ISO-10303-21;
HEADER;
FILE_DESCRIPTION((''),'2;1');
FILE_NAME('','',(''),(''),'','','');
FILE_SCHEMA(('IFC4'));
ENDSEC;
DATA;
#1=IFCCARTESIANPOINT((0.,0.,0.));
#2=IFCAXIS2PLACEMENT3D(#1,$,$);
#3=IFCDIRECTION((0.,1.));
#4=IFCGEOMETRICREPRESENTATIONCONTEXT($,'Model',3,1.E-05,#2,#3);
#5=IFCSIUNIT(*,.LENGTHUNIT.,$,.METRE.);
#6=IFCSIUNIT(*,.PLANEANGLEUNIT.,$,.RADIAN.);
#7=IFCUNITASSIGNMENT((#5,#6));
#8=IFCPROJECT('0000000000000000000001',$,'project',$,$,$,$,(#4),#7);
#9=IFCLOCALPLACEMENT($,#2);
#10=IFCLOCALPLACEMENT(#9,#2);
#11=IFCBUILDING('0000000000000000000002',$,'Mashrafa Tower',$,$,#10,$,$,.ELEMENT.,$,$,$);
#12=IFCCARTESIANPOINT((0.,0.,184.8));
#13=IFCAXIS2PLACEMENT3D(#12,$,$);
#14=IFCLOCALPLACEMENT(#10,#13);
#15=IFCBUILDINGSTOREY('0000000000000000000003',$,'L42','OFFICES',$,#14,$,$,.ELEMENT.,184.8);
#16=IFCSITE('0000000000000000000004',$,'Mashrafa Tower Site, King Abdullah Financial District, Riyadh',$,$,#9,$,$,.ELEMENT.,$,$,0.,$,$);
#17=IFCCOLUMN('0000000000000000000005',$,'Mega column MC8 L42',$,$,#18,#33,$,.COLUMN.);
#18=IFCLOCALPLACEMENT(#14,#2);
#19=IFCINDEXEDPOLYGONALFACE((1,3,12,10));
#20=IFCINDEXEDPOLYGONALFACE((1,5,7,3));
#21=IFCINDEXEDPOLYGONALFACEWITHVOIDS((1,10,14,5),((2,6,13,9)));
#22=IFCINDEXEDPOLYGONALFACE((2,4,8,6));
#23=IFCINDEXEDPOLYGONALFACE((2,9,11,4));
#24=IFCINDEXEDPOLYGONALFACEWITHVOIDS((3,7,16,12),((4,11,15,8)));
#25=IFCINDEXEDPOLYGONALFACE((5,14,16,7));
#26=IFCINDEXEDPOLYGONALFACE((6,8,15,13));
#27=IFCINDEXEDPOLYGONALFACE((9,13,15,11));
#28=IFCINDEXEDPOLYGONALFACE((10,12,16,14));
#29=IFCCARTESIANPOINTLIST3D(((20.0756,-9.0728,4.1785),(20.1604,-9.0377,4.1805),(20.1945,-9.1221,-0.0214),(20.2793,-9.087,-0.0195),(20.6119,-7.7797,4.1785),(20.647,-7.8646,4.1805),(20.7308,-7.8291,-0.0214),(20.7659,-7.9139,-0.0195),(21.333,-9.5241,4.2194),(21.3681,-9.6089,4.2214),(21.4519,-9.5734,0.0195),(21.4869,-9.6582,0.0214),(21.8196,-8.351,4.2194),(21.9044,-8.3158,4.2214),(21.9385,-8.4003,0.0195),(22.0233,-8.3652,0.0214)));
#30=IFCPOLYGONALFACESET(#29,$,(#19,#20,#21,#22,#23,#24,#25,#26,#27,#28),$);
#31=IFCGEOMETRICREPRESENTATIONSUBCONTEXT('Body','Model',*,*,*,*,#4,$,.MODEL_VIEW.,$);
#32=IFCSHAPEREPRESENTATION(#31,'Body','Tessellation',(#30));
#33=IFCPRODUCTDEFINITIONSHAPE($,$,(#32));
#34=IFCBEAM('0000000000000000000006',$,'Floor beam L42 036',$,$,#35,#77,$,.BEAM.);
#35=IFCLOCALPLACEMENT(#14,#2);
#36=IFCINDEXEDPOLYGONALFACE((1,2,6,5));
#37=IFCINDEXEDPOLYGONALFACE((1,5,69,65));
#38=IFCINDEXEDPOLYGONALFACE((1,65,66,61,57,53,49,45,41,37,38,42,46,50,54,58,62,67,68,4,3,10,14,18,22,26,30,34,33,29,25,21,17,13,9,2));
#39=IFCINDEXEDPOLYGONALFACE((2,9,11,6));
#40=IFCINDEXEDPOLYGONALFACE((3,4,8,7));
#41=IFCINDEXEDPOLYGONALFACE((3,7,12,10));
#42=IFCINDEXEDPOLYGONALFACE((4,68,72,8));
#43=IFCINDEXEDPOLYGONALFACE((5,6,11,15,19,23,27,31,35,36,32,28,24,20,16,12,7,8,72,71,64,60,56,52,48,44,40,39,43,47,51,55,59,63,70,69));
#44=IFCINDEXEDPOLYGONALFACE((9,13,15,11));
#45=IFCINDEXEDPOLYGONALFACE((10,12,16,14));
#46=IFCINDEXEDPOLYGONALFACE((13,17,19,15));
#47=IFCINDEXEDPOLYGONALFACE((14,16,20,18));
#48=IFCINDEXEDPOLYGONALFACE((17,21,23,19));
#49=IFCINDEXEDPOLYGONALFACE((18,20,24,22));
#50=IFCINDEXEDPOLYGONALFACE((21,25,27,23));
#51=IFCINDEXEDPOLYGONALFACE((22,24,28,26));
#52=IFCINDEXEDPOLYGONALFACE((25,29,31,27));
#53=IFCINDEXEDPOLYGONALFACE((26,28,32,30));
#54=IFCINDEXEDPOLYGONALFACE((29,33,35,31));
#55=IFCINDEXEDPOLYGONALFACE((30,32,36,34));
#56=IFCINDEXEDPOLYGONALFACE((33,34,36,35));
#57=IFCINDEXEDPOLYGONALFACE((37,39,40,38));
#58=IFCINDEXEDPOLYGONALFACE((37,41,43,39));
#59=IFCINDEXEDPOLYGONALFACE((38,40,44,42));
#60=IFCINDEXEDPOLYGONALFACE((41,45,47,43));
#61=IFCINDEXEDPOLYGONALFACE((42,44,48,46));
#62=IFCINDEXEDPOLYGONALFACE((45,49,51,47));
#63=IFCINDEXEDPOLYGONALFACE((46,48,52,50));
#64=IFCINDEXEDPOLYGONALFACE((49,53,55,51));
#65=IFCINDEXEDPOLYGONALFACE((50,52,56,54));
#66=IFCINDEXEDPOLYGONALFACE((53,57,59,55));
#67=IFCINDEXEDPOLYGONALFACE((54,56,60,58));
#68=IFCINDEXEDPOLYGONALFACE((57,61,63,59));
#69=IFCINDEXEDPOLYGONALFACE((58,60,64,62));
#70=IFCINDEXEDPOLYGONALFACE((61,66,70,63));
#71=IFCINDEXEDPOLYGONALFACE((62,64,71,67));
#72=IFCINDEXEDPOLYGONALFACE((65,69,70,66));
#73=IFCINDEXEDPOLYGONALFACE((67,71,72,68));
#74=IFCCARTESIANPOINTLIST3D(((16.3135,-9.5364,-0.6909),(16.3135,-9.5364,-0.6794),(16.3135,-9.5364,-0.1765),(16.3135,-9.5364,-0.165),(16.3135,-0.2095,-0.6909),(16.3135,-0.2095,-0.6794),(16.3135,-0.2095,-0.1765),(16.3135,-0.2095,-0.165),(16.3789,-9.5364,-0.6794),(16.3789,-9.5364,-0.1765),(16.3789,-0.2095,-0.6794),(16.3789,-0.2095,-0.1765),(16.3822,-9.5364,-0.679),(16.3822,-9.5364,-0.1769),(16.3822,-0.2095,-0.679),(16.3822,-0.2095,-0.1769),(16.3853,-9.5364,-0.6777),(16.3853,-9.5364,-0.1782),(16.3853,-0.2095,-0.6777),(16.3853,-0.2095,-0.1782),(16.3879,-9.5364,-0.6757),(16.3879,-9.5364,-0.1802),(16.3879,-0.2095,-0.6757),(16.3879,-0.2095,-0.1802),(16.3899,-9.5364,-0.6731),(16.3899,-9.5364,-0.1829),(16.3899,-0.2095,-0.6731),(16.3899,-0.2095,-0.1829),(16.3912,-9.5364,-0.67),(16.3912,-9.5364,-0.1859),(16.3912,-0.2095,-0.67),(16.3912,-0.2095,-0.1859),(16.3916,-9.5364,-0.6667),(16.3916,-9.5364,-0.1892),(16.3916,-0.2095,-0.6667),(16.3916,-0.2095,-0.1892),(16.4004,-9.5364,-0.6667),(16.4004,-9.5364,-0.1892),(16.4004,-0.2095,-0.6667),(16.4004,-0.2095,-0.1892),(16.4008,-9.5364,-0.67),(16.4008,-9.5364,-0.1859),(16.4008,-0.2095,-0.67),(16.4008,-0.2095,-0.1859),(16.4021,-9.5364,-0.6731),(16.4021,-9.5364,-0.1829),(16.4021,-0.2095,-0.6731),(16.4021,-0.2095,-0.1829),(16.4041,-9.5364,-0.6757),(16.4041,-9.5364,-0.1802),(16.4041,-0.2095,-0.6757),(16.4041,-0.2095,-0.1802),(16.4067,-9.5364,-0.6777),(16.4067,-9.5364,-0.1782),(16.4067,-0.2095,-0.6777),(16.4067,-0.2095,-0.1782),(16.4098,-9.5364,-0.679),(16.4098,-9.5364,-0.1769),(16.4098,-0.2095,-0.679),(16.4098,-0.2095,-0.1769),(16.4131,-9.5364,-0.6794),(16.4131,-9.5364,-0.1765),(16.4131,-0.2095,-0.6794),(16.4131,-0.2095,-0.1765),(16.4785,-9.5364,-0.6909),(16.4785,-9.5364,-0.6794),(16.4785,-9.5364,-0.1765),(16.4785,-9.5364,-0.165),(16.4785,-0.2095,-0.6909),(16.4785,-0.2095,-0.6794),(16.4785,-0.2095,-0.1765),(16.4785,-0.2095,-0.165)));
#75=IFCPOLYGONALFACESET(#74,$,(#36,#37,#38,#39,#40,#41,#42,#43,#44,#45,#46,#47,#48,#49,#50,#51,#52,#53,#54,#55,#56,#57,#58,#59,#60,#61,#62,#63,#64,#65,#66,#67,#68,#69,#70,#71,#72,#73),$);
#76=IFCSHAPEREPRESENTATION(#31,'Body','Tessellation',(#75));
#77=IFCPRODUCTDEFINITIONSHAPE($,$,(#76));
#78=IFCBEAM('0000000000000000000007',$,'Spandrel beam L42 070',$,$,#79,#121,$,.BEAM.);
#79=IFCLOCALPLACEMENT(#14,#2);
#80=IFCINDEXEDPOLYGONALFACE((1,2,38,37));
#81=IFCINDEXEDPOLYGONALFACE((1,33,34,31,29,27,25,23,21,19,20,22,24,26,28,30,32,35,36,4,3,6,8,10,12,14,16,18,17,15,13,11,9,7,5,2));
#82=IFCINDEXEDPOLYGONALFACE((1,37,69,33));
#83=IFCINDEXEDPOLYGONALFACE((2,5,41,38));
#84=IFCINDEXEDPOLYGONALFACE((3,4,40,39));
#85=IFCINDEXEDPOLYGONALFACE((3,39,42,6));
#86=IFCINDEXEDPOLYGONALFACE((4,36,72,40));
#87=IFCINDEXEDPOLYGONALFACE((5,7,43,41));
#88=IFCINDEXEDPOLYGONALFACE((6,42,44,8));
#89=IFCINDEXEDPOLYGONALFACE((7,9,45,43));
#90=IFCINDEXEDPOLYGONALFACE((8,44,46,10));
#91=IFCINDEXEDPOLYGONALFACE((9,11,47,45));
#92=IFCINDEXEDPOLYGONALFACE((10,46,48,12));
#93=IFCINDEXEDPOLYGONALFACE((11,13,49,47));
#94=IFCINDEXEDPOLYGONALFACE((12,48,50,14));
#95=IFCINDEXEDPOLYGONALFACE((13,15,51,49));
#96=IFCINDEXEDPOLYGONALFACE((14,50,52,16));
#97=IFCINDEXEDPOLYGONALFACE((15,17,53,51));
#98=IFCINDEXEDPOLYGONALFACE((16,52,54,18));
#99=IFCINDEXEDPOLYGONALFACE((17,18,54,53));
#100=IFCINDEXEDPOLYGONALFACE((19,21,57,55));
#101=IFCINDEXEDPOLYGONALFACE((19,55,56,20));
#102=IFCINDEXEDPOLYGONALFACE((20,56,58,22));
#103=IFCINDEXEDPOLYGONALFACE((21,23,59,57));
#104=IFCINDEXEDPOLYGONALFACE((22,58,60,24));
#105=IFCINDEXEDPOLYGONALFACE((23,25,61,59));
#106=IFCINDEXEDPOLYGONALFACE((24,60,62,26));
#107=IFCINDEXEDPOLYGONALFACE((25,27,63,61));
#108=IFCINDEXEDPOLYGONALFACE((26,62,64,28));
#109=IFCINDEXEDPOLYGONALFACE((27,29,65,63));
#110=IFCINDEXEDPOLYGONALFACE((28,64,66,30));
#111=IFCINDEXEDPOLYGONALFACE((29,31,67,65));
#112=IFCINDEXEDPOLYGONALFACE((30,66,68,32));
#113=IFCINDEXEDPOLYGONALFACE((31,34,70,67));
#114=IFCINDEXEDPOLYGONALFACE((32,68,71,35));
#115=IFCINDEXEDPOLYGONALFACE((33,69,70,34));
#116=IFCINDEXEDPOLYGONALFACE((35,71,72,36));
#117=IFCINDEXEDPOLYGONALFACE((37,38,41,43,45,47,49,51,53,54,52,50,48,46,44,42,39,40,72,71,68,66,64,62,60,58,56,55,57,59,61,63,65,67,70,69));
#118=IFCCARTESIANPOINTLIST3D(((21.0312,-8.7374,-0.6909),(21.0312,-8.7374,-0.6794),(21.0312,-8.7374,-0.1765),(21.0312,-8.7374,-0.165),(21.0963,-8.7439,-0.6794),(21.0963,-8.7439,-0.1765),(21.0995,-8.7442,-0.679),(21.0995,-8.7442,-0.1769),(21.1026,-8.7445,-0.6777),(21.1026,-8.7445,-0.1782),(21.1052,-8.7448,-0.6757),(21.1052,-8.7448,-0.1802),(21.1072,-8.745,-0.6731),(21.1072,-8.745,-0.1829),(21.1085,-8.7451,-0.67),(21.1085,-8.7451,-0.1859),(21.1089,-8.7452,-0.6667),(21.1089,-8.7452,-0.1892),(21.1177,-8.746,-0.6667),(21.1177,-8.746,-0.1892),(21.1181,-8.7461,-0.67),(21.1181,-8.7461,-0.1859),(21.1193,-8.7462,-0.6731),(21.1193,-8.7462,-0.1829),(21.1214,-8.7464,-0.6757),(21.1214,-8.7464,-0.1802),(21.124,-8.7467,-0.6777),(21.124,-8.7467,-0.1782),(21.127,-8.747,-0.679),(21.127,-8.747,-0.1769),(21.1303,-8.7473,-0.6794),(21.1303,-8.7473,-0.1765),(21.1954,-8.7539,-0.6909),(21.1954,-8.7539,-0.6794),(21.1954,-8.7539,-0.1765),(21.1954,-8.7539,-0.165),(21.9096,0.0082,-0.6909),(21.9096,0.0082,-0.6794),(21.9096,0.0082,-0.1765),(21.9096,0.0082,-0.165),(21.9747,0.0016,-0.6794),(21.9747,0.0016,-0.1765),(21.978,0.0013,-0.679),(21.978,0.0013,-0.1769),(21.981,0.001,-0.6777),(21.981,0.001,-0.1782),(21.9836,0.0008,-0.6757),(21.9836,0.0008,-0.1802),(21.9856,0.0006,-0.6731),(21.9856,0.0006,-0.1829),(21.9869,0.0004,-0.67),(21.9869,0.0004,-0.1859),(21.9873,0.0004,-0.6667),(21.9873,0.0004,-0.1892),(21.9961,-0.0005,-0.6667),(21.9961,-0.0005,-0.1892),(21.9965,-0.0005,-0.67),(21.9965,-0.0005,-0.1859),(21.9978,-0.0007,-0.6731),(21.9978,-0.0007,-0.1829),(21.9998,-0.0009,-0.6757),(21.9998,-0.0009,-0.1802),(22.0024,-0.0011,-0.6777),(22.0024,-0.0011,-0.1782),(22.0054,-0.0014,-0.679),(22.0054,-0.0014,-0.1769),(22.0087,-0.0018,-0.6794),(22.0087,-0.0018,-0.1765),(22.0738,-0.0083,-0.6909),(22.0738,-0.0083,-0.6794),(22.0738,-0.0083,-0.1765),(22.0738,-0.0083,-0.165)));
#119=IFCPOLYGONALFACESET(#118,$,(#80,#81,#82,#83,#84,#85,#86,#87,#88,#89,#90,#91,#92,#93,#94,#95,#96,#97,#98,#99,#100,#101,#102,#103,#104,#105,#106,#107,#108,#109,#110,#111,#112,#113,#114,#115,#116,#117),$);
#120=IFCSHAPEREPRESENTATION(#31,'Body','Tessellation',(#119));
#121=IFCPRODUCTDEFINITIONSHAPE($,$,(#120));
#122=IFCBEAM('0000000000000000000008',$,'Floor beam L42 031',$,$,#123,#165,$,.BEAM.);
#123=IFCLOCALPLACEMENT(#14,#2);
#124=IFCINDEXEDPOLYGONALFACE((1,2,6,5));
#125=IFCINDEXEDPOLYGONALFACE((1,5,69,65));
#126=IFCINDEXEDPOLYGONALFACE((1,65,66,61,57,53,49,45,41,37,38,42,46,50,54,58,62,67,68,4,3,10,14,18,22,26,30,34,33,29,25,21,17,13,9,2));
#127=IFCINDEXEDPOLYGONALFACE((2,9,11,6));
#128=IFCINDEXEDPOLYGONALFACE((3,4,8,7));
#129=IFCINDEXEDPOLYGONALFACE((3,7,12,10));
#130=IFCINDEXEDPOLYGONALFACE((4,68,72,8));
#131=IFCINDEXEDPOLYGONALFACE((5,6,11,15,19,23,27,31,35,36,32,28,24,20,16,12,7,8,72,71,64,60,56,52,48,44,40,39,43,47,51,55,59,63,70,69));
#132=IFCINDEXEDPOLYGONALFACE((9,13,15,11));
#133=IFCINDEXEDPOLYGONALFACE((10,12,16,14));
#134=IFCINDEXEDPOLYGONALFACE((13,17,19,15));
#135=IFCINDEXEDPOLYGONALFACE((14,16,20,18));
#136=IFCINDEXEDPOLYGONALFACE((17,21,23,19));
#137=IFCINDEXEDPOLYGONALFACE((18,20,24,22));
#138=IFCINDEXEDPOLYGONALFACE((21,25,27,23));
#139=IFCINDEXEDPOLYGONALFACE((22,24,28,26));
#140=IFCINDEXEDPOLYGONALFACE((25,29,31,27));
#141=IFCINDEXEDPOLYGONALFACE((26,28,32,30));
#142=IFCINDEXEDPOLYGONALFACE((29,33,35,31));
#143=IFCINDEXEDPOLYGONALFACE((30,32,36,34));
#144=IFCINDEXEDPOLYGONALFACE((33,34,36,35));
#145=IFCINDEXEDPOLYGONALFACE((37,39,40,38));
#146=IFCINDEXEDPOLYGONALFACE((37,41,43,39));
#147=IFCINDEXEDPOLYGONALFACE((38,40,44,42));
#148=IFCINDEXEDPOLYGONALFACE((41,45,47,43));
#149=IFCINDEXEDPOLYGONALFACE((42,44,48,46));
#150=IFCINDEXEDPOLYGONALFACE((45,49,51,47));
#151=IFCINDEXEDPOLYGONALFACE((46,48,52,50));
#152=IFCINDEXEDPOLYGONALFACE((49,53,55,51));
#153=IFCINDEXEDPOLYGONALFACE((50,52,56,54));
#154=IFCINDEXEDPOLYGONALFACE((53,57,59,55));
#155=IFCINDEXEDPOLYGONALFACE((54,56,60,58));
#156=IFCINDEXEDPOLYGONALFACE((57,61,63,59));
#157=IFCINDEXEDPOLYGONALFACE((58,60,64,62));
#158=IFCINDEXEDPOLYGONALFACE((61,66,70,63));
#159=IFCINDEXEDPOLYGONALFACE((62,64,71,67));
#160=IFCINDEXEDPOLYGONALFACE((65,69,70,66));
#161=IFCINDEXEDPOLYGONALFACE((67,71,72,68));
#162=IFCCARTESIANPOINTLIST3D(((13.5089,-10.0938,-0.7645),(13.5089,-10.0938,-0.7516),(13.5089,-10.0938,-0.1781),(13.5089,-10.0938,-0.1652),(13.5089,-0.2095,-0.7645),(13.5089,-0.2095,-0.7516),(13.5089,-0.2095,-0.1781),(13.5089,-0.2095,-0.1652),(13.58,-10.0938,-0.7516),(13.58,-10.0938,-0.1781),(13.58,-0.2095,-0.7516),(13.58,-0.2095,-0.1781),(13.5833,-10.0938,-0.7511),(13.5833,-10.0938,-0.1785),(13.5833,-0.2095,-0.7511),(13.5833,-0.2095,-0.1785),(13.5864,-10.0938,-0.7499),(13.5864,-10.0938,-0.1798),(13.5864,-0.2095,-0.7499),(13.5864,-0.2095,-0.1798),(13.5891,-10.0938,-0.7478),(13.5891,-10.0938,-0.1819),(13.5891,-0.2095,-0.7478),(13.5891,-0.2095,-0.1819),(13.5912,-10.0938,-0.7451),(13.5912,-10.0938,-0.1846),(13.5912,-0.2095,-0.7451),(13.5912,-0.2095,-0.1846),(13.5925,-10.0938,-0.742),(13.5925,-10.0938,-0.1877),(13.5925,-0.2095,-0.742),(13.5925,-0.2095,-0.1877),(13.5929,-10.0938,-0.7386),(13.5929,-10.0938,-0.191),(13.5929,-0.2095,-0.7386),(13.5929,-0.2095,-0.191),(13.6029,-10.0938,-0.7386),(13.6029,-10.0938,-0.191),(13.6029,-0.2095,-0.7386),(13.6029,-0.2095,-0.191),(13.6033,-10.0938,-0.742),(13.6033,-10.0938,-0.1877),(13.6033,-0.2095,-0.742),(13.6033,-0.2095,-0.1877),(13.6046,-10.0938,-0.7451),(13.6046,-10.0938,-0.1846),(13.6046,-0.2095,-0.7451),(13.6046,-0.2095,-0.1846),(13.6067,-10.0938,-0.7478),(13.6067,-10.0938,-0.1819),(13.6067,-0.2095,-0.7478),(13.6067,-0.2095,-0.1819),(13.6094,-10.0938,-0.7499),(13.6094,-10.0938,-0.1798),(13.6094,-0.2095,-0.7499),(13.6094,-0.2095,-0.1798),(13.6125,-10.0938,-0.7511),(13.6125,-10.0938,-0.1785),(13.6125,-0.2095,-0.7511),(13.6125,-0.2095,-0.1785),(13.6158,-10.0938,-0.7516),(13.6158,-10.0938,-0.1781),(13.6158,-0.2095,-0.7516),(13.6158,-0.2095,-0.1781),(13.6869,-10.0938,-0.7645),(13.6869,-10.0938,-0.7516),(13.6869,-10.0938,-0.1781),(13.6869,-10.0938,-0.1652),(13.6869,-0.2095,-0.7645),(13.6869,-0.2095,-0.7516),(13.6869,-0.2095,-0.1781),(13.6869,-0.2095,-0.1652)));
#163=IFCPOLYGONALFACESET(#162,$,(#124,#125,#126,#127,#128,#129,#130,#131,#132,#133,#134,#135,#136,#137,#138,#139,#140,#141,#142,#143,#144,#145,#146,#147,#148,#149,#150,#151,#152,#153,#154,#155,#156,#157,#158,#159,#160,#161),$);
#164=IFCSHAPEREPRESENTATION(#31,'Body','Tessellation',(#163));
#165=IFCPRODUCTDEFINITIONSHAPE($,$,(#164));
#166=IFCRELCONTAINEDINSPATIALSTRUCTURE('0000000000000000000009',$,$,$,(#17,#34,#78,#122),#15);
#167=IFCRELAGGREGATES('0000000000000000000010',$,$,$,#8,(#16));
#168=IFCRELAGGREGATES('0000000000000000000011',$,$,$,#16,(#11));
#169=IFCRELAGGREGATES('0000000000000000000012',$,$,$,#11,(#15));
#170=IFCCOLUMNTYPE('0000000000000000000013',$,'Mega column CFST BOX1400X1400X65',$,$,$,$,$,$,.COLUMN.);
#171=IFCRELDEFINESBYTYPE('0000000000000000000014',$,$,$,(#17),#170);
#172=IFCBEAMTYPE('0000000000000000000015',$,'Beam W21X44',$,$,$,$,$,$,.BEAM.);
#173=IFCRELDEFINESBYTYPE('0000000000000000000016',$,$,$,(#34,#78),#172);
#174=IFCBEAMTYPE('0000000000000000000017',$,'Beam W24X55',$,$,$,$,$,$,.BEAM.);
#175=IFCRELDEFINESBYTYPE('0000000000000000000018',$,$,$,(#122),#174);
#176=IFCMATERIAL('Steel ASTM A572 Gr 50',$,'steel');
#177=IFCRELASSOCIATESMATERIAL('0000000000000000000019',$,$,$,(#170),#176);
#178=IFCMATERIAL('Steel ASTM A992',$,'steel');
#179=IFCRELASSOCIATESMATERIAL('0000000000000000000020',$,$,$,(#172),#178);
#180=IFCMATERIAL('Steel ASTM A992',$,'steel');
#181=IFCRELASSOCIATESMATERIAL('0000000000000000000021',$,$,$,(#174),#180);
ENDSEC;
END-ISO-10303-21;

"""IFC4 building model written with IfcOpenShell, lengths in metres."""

from ifc_helpers import new_model, si_unit, direction, frame, origin, origin_2d, place, context, subcontext, project, spatial, hollow_rectangle, i_section, extrude, material, material_profile, profile_set, type_object, element, save


model = new_model("IFC4")

# Units and contexts
model_context = context("Model", 3, precision=1e-05, world=origin(), true_north=direction((0.0, 1.0)))
body_context = subcontext(model_context, "Body", "Model", "MODEL_VIEW")
ifc_project = project(units=[si_unit("LENGTHUNIT", "METRE"), si_unit("PLANEANGLEUNIT", "RADIAN")], contexts=[model_context])

# Site, building, storey
site_placement = place(None, origin())
site = spatial("IfcSite", under=ifc_project, at=site_placement, Name="Mashrafa Tower Site, King Abdullah Financial District, Riyadh", CompositionType="ELEMENT", RefElevation=0.0)
building_placement = place(site_placement, origin())
building = spatial("IfcBuilding", under=site, at=building_placement, Name="Mashrafa Tower", CompositionType="ELEMENT")
storey_placement = place(building_placement, frame((0.0, 0.0, 184.8)))
storey = spatial("IfcBuildingStorey", under=building, at=storey_placement, Name="L42", Description="OFFICES", CompositionType="ELEMENT", Elevation=184.8)

# Column
ifc_material_1 = material(Name="Steel ASTM A572 Gr 50", Category="steel")
ifc_material_profile_1 = material_profile(ifc_material_1, hollow_rectangle(XDim=1.3999, YDim=1.3999, WallThickness=0.0649, at=origin_2d()), Name="BOX1400X1400X65")
ifc_profile_set_1 = profile_set([ifc_material_profile_1], Name="Steel ASTM A572 Gr 50")
column_type = type_object("IfcColumnType", Name="Mega column CFST BOX1400X1400X65", PredefinedType="COLUMN", material=ifc_profile_set_1)
column_placement = place(storey_placement, frame((21.1089, -8.7437, 0.0), z_axis=(-0.028296, 0.011737, 0.999531), x_axis=(-0.383133, -0.923693, 0.0)))
element("IfcColumn", 1, at=column_placement, inside=storey, type_object=column_type, Name="Mega column MC8 L42", PredefinedType="COLUMN", context=body_context, shape_type="SweptSolid", body=[
    extrude(hollow_rectangle(XDim=1.3999, YDim=1.3999, WallThickness=0.0649, at=origin_2d()), origin(), (0.0, 0.0, 1.0), 4.2019),
])

# Beams
ifc_material_2 = material(Name="Steel ASTM A992", Category="steel")
ifc_material_profile_2 = material_profile(ifc_material_2, i_section(OverallWidth=0.165, OverallDepth=0.5259, WebThickness=0.0088, FlangeThickness=0.0115, FilletRadius=0.0127, at=origin_2d()), Name="W21X44")
ifc_profile_set_2 = profile_set([ifc_material_profile_2], Name="Steel ASTM A992")
beam_type_1 = type_object("IfcBeamType", Name="Beam W21X44", PredefinedType="BEAM", material=ifc_profile_set_2)
beam_1_placement = place(storey_placement, frame((16.396, -0.2095, -0.428), z_axis=(0.0, -1.0, 0.0), x_axis=(1.0, 0.0, 0.0)))
element("IfcBeam", 2, at=beam_1_placement, inside=storey, type_object=beam_type_1, Name="Floor beam L42 036", PredefinedType="BEAM", context=body_context, shape_type="SweptSolid", body=[
    extrude(i_section(OverallWidth=0.165, OverallDepth=0.5259, WebThickness=0.0088, FlangeThickness=0.0115, FilletRadius=0.0127, at=origin_2d()), origin(), (0.0, 0.0, 1.0), 9.3269),
])
beam_2_placement = place(storey_placement, frame((21.1133, -8.7456, -0.428), z_axis=(0.099938, 0.994994, 0.0), x_axis=(-0.994994, 0.099938, 0.0)))
element("IfcBeam", 3, at=beam_2_placement, inside=storey, type_object=beam_type_1, Name="Spandrel beam L42 070", PredefinedType="BEAM", context=body_context, shape_type="SweptSolid", body=[
    extrude(i_section(OverallWidth=0.165, OverallDepth=0.5259, WebThickness=0.0088, FlangeThickness=0.0115, FilletRadius=0.0127, at=origin_2d()), origin(), (0.0, 0.0, 1.0), 8.7896),
])
ifc_material_3 = material(Name="Steel ASTM A992", Category="steel")
ifc_material_profile_3 = material_profile(ifc_material_3, i_section(OverallWidth=0.178, OverallDepth=0.5994, WebThickness=0.01, FlangeThickness=0.0129, FilletRadius=0.0129, at=origin_2d()), Name="W24X55")
ifc_profile_set_3 = profile_set([ifc_material_profile_3], Name="Steel ASTM A992")
beam_type_2 = type_object("IfcBeamType", Name="Beam W24X55", PredefinedType="BEAM", material=ifc_profile_set_3)
beam_3_placement = place(storey_placement, frame((13.5979, -0.2095, -0.4648), z_axis=(0.0, -1.0, 0.0), x_axis=(1.0, 0.0, 0.0)))
element("IfcBeam", 4, at=beam_3_placement, inside=storey, type_object=beam_type_2, Name="Floor beam L42 031", PredefinedType="BEAM", context=body_context, shape_type="SweptSolid", body=[
    extrude(i_section(OverallWidth=0.178, OverallDepth=0.5994, WebThickness=0.01, FlangeThickness=0.0129, FilletRadius=0.0129, at=origin_2d()), origin(), (0.0, 0.0, 1.0), 9.8843),
])

save(model, "model.ifc")
